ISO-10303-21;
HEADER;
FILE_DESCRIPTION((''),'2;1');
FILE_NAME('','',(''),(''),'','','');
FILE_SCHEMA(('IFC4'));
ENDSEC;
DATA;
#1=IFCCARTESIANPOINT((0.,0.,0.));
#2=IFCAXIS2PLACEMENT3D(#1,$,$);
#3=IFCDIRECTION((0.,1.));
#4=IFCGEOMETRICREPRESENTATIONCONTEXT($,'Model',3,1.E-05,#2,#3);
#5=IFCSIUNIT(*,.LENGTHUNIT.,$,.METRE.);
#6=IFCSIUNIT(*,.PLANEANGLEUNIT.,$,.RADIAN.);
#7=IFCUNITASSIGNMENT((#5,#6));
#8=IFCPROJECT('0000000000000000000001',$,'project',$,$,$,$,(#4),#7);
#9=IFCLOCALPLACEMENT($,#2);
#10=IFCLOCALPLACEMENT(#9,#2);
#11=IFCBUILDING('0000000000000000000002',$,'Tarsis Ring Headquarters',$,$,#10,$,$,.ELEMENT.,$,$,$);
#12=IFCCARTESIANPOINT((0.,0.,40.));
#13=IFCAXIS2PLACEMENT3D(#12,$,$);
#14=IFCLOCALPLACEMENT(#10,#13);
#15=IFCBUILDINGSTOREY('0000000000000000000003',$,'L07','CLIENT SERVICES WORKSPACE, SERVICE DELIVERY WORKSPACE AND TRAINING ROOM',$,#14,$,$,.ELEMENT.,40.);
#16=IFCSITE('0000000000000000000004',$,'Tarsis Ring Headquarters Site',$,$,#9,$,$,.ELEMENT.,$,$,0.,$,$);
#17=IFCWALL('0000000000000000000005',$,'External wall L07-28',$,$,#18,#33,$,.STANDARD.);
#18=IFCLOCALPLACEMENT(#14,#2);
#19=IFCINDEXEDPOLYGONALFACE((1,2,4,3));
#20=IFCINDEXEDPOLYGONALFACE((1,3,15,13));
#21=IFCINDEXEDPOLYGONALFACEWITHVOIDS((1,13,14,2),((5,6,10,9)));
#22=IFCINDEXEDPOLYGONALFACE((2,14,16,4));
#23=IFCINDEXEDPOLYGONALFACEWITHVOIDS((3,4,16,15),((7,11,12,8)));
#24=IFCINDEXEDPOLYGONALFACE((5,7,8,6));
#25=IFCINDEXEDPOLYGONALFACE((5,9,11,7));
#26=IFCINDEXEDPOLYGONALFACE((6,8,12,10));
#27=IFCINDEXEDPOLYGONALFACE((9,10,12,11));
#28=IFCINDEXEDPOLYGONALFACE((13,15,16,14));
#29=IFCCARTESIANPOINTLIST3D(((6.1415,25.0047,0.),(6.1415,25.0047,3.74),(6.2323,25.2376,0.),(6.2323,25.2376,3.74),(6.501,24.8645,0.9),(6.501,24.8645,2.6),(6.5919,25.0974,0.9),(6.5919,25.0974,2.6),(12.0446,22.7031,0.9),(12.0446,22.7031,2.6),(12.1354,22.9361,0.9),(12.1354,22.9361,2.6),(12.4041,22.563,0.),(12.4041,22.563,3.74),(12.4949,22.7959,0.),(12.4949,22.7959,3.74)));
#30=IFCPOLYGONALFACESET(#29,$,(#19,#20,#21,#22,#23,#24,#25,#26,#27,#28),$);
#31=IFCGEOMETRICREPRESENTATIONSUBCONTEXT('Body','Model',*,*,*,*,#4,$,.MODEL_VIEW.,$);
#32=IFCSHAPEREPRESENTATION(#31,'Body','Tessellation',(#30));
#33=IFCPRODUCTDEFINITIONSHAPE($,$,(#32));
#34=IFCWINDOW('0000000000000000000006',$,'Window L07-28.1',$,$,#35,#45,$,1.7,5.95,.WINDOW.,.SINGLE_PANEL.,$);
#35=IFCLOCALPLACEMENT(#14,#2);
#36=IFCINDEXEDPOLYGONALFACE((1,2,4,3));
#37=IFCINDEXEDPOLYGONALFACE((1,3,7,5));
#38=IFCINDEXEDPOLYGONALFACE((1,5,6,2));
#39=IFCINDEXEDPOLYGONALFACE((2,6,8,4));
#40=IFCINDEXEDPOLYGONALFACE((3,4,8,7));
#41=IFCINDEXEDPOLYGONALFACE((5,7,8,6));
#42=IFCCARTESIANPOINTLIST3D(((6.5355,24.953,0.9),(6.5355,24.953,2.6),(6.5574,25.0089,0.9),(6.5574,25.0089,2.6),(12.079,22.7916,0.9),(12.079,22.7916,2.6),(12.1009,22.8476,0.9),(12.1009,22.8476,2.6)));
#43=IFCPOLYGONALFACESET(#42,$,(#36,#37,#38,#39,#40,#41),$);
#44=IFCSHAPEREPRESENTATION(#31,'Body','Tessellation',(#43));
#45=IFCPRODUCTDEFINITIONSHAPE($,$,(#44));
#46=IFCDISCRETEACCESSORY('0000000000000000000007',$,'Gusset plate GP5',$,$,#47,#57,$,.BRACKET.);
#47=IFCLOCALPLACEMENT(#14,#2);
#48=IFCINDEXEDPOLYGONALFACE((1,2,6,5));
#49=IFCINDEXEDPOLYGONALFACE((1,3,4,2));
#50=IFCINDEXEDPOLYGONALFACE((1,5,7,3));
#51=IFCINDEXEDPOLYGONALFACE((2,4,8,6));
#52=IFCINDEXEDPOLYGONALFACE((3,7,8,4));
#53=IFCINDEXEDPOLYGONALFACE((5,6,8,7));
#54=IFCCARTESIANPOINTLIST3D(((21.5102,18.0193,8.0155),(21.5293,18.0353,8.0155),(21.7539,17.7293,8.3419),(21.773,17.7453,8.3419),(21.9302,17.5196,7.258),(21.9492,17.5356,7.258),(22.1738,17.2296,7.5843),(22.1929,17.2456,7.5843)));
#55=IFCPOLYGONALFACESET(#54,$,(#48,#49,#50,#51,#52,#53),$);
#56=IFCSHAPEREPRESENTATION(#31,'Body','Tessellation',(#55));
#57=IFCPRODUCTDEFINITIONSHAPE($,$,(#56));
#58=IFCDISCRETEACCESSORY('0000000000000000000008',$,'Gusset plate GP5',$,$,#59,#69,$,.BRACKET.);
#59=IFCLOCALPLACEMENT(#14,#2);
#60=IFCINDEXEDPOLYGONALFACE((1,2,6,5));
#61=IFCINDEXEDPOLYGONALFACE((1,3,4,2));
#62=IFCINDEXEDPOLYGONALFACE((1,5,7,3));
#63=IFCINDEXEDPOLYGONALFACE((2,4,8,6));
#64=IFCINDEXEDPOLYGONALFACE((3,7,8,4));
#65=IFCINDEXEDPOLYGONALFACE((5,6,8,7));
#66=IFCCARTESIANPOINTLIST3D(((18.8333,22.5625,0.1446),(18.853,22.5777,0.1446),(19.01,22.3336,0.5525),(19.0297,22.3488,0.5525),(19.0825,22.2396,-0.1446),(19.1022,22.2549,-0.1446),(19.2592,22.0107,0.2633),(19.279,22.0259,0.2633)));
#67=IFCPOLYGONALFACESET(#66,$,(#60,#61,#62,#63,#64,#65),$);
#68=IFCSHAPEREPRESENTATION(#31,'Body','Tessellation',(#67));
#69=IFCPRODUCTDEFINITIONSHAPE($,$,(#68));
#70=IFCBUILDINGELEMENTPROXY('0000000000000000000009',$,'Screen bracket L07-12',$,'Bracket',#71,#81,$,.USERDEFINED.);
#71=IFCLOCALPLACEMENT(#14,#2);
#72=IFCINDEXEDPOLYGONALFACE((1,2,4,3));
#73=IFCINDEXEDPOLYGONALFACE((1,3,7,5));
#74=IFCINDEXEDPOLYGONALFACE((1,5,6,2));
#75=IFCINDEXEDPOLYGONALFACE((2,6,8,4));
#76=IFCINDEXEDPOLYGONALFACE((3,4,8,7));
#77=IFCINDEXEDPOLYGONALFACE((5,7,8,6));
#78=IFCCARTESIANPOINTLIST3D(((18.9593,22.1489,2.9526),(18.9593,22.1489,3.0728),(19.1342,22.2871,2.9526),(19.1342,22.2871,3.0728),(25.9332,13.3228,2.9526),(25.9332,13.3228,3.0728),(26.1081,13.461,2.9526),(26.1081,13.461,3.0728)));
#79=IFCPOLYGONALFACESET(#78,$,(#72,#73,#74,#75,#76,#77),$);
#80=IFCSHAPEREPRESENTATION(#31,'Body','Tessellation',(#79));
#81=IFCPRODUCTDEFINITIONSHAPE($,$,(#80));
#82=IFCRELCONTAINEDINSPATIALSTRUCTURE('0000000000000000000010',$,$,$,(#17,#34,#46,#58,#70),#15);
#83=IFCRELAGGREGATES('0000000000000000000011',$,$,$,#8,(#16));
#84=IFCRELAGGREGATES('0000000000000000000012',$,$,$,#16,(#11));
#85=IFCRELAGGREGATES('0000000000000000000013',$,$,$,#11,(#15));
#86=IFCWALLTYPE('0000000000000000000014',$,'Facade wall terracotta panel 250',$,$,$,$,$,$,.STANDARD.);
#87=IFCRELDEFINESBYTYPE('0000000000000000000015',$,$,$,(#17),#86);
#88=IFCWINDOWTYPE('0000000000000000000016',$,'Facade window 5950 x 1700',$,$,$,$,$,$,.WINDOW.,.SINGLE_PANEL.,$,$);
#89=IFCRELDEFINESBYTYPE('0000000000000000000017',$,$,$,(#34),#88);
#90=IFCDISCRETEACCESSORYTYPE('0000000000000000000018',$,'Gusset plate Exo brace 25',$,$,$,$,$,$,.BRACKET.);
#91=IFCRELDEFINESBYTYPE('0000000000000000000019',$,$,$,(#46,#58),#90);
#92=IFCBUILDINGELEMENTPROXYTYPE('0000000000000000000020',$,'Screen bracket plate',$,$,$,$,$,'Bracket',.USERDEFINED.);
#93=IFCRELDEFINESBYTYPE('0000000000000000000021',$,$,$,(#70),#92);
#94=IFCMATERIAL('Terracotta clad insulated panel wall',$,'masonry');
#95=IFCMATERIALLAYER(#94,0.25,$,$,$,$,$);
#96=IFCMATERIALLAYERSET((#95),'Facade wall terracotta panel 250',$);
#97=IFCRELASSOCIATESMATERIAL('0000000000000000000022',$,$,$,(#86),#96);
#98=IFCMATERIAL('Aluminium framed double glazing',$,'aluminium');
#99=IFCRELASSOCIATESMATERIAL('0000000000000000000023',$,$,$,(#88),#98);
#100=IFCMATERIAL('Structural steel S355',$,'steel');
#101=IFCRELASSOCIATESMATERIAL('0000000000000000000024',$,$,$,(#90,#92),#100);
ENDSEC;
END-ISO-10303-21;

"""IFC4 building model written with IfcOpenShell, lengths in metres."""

from ifc_helpers import new_model, si_unit, direction, frame, frame_2d, origin, origin_2d, place, context, subcontext, project, spatial, rectangle, extrude, material, layer, layer_set, material_profile, profile_set, type_object, element, fill, save


model = new_model("IFC4")

# Units and contexts
model_context = context("Model", 3, precision=1e-05, world=origin(), true_north=direction((0.0, 1.0)))
body_context = subcontext(model_context, "Body", "Model", "MODEL_VIEW")
ifc_project = project(units=[si_unit("LENGTHUNIT", "METRE"), si_unit("PLANEANGLEUNIT", "RADIAN")], contexts=[model_context])

# Site, building, storey
site_placement = place(None, origin())
site = spatial("IfcSite", under=ifc_project, at=site_placement, Name="Tarsis Ring Headquarters Site", CompositionType="ELEMENT", RefElevation=0.0)
building_placement = place(site_placement, origin())
building = spatial("IfcBuilding", under=site, at=building_placement, Name="Tarsis Ring Headquarters", CompositionType="ELEMENT")
storey_placement = place(building_placement, frame((0.0, 0.0, 40.0)))
storey = spatial("IfcBuildingStorey", under=building, at=storey_placement, Name="L07", Description="CLIENT SERVICES WORKSPACE, SERVICE DELIVERY WORKSPACE AND TRAINING ROOM", CompositionType="ELEMENT", Elevation=40.0)

# Shared definitions
ifc_material_1 = material(Name="Structural steel S355", Category="steel")

# Wall, opening, window
ifc_material_2 = material(Name="Terracotta clad insulated panel wall", Category="masonry")
ifc_layer_1 = layer(ifc_material_2, 0.25)
ifc_layer_set_1 = layer_set([ifc_layer_1], Name="Facade wall terracotta panel 250")
wall_type_1 = type_object("IfcWallType", Name="Facade wall terracotta panel 250", PredefinedType="STANDARD", material=ifc_layer_set_1)
ifc_material_3 = material(Name="Aluminium framed double glazing", Category="aluminium")
window_type = type_object("IfcWindowType", Name="Facade window 5950 x 1700", PartitioningType="SINGLE_PANEL", PredefinedType="WINDOW", material=ifc_material_3)
wall_1_placement = place(storey_placement, frame((12.4495, 22.6794, 0.0), z_axis=(0.0, 0.0, 1.0), x_axis=(-0.93169, 0.363254, 0.0)))
wall_1 = element("IfcWall", 1, at=wall_1_placement, inside=storey, type_object=wall_type_1, Name="External wall L07-28", PredefinedType="STANDARD", context=body_context, shape_type="SweptSolid", body=[
    extrude(rectangle(XDim=6.7217, YDim=0.25, at=frame_2d((3.3608, 0.0))), origin(), (0.0, 0.0, 1.0), 3.74),
])
opening_1_placement = place(wall_1_placement, frame((0.3857, 0.0, 0.8999)))
opening_1 = element("IfcOpeningElement", 2, at=opening_1_placement, cuts=wall_1, PredefinedType="OPENING", context=body_context, shape_type="SweptSolid", body=[
    extrude(rectangle(XDim=5.95, YDim=1.7, at=frame_2d((2.9751, 0.8501))), frame((0.0, 0.135, 0.0), z_axis=(0.0, -1.0, 0.0), x_axis=(1.0, 0.0, 0.0)), (0.0, 0.0, 1.0), 0.27),
])
window_1_placement = place(opening_1_placement, origin())
window_1 = element("IfcWindow", 3, at=window_1_placement, inside=storey, type_object=window_type, Name="Window L07-28.1", OverallHeight=1.7, OverallWidth=5.95, PartitioningType="SINGLE_PANEL", PredefinedType="WINDOW", context=body_context, shape_type="SweptSolid", body=[
    extrude(rectangle(XDim=5.95, YDim=1.7, at=frame_2d((2.9751, 0.8501))), frame((0.0, 0.03, 0.0), z_axis=(0.0, -1.0, 0.0), x_axis=(1.0, 0.0, 0.0)), (0.0, 0.0, 1.0), 0.0601),
])
fill(opening_1, window_1)

# Discrete accessories
ifc_material_profile_1 = material_profile(ifc_material_1, rectangle(XDim=0.0249, YDim=0.5, at=origin_2d()), Name="PL 25x500")
ifc_profile_set_1 = profile_set([ifc_material_profile_1], Name="Structural steel S355")
discrete_accessory_type = type_object("IfcDiscreteAccessoryType", Name="Gusset plate Exo brace 25", PredefinedType="BRACKET", material=ifc_profile_set_1)
discrete_accessory_1_placement = place(storey_placement, frame((22.0615, 17.3826, 7.4211), z_axis=(-0.419922, 0.499756, 0.757568), x_axis=(-0.765609, -0.643306, 0.0)))
element("IfcDiscreteAccessory", 4, at=discrete_accessory_1_placement, inside=storey, type_object=discrete_accessory_type, Name="Gusset plate GP5", PredefinedType="BRACKET", context=body_context, shape_type="SweptSolid", body=[
    extrude(rectangle(XDim=0.0249, YDim=0.5, at=origin_2d()), origin(), (0.0, 0.0, 1.0), 1.0),
])
discrete_accessory_2_placement = place(storey_placement, frame((18.9678, 22.4087, 0.0), z_axis=(0.353433, -0.457901, 0.815728), x_axis=(0.791619, 0.611015, 0.0)))
element("IfcDiscreteAccessory", 5, at=discrete_accessory_2_placement, inside=storey, type_object=discrete_accessory_type, Name="Gusset plate GP5", PredefinedType="BRACKET", context=body_context, shape_type="SweptSolid", body=[
    extrude(rectangle(XDim=0.0249, YDim=0.5, at=origin_2d()), origin(), (0.0, 0.0, 1.0), 0.5),
])

# Building element proxy
building_element_proxy_type = type_object("IfcBuildingElementProxyType", Name="Screen bracket plate", ElementType="Bracket", PredefinedType="USERDEFINED", material=ifc_material_1)
proxy_placement = place(storey_placement, frame((22.5337, 17.8049, 2.9526), z_axis=(0.0, 0.0, 1.0), x_axis=(-0.619967, 0.784628, 0.0)))
element("IfcBuildingElementProxy", 6, at=proxy_placement, inside=storey, type_object=building_element_proxy_type, Name="Screen bracket L07-12", ObjectType="Bracket", PredefinedType="USERDEFINED", context=body_context, shape_type="SweptSolid", body=[
    extrude(rectangle(XDim=11.2488, YDim=0.2229, at=origin_2d()), origin(), (0.0, 0.0, 1.0), 0.1201),
])

save(model, "model.ifc")
